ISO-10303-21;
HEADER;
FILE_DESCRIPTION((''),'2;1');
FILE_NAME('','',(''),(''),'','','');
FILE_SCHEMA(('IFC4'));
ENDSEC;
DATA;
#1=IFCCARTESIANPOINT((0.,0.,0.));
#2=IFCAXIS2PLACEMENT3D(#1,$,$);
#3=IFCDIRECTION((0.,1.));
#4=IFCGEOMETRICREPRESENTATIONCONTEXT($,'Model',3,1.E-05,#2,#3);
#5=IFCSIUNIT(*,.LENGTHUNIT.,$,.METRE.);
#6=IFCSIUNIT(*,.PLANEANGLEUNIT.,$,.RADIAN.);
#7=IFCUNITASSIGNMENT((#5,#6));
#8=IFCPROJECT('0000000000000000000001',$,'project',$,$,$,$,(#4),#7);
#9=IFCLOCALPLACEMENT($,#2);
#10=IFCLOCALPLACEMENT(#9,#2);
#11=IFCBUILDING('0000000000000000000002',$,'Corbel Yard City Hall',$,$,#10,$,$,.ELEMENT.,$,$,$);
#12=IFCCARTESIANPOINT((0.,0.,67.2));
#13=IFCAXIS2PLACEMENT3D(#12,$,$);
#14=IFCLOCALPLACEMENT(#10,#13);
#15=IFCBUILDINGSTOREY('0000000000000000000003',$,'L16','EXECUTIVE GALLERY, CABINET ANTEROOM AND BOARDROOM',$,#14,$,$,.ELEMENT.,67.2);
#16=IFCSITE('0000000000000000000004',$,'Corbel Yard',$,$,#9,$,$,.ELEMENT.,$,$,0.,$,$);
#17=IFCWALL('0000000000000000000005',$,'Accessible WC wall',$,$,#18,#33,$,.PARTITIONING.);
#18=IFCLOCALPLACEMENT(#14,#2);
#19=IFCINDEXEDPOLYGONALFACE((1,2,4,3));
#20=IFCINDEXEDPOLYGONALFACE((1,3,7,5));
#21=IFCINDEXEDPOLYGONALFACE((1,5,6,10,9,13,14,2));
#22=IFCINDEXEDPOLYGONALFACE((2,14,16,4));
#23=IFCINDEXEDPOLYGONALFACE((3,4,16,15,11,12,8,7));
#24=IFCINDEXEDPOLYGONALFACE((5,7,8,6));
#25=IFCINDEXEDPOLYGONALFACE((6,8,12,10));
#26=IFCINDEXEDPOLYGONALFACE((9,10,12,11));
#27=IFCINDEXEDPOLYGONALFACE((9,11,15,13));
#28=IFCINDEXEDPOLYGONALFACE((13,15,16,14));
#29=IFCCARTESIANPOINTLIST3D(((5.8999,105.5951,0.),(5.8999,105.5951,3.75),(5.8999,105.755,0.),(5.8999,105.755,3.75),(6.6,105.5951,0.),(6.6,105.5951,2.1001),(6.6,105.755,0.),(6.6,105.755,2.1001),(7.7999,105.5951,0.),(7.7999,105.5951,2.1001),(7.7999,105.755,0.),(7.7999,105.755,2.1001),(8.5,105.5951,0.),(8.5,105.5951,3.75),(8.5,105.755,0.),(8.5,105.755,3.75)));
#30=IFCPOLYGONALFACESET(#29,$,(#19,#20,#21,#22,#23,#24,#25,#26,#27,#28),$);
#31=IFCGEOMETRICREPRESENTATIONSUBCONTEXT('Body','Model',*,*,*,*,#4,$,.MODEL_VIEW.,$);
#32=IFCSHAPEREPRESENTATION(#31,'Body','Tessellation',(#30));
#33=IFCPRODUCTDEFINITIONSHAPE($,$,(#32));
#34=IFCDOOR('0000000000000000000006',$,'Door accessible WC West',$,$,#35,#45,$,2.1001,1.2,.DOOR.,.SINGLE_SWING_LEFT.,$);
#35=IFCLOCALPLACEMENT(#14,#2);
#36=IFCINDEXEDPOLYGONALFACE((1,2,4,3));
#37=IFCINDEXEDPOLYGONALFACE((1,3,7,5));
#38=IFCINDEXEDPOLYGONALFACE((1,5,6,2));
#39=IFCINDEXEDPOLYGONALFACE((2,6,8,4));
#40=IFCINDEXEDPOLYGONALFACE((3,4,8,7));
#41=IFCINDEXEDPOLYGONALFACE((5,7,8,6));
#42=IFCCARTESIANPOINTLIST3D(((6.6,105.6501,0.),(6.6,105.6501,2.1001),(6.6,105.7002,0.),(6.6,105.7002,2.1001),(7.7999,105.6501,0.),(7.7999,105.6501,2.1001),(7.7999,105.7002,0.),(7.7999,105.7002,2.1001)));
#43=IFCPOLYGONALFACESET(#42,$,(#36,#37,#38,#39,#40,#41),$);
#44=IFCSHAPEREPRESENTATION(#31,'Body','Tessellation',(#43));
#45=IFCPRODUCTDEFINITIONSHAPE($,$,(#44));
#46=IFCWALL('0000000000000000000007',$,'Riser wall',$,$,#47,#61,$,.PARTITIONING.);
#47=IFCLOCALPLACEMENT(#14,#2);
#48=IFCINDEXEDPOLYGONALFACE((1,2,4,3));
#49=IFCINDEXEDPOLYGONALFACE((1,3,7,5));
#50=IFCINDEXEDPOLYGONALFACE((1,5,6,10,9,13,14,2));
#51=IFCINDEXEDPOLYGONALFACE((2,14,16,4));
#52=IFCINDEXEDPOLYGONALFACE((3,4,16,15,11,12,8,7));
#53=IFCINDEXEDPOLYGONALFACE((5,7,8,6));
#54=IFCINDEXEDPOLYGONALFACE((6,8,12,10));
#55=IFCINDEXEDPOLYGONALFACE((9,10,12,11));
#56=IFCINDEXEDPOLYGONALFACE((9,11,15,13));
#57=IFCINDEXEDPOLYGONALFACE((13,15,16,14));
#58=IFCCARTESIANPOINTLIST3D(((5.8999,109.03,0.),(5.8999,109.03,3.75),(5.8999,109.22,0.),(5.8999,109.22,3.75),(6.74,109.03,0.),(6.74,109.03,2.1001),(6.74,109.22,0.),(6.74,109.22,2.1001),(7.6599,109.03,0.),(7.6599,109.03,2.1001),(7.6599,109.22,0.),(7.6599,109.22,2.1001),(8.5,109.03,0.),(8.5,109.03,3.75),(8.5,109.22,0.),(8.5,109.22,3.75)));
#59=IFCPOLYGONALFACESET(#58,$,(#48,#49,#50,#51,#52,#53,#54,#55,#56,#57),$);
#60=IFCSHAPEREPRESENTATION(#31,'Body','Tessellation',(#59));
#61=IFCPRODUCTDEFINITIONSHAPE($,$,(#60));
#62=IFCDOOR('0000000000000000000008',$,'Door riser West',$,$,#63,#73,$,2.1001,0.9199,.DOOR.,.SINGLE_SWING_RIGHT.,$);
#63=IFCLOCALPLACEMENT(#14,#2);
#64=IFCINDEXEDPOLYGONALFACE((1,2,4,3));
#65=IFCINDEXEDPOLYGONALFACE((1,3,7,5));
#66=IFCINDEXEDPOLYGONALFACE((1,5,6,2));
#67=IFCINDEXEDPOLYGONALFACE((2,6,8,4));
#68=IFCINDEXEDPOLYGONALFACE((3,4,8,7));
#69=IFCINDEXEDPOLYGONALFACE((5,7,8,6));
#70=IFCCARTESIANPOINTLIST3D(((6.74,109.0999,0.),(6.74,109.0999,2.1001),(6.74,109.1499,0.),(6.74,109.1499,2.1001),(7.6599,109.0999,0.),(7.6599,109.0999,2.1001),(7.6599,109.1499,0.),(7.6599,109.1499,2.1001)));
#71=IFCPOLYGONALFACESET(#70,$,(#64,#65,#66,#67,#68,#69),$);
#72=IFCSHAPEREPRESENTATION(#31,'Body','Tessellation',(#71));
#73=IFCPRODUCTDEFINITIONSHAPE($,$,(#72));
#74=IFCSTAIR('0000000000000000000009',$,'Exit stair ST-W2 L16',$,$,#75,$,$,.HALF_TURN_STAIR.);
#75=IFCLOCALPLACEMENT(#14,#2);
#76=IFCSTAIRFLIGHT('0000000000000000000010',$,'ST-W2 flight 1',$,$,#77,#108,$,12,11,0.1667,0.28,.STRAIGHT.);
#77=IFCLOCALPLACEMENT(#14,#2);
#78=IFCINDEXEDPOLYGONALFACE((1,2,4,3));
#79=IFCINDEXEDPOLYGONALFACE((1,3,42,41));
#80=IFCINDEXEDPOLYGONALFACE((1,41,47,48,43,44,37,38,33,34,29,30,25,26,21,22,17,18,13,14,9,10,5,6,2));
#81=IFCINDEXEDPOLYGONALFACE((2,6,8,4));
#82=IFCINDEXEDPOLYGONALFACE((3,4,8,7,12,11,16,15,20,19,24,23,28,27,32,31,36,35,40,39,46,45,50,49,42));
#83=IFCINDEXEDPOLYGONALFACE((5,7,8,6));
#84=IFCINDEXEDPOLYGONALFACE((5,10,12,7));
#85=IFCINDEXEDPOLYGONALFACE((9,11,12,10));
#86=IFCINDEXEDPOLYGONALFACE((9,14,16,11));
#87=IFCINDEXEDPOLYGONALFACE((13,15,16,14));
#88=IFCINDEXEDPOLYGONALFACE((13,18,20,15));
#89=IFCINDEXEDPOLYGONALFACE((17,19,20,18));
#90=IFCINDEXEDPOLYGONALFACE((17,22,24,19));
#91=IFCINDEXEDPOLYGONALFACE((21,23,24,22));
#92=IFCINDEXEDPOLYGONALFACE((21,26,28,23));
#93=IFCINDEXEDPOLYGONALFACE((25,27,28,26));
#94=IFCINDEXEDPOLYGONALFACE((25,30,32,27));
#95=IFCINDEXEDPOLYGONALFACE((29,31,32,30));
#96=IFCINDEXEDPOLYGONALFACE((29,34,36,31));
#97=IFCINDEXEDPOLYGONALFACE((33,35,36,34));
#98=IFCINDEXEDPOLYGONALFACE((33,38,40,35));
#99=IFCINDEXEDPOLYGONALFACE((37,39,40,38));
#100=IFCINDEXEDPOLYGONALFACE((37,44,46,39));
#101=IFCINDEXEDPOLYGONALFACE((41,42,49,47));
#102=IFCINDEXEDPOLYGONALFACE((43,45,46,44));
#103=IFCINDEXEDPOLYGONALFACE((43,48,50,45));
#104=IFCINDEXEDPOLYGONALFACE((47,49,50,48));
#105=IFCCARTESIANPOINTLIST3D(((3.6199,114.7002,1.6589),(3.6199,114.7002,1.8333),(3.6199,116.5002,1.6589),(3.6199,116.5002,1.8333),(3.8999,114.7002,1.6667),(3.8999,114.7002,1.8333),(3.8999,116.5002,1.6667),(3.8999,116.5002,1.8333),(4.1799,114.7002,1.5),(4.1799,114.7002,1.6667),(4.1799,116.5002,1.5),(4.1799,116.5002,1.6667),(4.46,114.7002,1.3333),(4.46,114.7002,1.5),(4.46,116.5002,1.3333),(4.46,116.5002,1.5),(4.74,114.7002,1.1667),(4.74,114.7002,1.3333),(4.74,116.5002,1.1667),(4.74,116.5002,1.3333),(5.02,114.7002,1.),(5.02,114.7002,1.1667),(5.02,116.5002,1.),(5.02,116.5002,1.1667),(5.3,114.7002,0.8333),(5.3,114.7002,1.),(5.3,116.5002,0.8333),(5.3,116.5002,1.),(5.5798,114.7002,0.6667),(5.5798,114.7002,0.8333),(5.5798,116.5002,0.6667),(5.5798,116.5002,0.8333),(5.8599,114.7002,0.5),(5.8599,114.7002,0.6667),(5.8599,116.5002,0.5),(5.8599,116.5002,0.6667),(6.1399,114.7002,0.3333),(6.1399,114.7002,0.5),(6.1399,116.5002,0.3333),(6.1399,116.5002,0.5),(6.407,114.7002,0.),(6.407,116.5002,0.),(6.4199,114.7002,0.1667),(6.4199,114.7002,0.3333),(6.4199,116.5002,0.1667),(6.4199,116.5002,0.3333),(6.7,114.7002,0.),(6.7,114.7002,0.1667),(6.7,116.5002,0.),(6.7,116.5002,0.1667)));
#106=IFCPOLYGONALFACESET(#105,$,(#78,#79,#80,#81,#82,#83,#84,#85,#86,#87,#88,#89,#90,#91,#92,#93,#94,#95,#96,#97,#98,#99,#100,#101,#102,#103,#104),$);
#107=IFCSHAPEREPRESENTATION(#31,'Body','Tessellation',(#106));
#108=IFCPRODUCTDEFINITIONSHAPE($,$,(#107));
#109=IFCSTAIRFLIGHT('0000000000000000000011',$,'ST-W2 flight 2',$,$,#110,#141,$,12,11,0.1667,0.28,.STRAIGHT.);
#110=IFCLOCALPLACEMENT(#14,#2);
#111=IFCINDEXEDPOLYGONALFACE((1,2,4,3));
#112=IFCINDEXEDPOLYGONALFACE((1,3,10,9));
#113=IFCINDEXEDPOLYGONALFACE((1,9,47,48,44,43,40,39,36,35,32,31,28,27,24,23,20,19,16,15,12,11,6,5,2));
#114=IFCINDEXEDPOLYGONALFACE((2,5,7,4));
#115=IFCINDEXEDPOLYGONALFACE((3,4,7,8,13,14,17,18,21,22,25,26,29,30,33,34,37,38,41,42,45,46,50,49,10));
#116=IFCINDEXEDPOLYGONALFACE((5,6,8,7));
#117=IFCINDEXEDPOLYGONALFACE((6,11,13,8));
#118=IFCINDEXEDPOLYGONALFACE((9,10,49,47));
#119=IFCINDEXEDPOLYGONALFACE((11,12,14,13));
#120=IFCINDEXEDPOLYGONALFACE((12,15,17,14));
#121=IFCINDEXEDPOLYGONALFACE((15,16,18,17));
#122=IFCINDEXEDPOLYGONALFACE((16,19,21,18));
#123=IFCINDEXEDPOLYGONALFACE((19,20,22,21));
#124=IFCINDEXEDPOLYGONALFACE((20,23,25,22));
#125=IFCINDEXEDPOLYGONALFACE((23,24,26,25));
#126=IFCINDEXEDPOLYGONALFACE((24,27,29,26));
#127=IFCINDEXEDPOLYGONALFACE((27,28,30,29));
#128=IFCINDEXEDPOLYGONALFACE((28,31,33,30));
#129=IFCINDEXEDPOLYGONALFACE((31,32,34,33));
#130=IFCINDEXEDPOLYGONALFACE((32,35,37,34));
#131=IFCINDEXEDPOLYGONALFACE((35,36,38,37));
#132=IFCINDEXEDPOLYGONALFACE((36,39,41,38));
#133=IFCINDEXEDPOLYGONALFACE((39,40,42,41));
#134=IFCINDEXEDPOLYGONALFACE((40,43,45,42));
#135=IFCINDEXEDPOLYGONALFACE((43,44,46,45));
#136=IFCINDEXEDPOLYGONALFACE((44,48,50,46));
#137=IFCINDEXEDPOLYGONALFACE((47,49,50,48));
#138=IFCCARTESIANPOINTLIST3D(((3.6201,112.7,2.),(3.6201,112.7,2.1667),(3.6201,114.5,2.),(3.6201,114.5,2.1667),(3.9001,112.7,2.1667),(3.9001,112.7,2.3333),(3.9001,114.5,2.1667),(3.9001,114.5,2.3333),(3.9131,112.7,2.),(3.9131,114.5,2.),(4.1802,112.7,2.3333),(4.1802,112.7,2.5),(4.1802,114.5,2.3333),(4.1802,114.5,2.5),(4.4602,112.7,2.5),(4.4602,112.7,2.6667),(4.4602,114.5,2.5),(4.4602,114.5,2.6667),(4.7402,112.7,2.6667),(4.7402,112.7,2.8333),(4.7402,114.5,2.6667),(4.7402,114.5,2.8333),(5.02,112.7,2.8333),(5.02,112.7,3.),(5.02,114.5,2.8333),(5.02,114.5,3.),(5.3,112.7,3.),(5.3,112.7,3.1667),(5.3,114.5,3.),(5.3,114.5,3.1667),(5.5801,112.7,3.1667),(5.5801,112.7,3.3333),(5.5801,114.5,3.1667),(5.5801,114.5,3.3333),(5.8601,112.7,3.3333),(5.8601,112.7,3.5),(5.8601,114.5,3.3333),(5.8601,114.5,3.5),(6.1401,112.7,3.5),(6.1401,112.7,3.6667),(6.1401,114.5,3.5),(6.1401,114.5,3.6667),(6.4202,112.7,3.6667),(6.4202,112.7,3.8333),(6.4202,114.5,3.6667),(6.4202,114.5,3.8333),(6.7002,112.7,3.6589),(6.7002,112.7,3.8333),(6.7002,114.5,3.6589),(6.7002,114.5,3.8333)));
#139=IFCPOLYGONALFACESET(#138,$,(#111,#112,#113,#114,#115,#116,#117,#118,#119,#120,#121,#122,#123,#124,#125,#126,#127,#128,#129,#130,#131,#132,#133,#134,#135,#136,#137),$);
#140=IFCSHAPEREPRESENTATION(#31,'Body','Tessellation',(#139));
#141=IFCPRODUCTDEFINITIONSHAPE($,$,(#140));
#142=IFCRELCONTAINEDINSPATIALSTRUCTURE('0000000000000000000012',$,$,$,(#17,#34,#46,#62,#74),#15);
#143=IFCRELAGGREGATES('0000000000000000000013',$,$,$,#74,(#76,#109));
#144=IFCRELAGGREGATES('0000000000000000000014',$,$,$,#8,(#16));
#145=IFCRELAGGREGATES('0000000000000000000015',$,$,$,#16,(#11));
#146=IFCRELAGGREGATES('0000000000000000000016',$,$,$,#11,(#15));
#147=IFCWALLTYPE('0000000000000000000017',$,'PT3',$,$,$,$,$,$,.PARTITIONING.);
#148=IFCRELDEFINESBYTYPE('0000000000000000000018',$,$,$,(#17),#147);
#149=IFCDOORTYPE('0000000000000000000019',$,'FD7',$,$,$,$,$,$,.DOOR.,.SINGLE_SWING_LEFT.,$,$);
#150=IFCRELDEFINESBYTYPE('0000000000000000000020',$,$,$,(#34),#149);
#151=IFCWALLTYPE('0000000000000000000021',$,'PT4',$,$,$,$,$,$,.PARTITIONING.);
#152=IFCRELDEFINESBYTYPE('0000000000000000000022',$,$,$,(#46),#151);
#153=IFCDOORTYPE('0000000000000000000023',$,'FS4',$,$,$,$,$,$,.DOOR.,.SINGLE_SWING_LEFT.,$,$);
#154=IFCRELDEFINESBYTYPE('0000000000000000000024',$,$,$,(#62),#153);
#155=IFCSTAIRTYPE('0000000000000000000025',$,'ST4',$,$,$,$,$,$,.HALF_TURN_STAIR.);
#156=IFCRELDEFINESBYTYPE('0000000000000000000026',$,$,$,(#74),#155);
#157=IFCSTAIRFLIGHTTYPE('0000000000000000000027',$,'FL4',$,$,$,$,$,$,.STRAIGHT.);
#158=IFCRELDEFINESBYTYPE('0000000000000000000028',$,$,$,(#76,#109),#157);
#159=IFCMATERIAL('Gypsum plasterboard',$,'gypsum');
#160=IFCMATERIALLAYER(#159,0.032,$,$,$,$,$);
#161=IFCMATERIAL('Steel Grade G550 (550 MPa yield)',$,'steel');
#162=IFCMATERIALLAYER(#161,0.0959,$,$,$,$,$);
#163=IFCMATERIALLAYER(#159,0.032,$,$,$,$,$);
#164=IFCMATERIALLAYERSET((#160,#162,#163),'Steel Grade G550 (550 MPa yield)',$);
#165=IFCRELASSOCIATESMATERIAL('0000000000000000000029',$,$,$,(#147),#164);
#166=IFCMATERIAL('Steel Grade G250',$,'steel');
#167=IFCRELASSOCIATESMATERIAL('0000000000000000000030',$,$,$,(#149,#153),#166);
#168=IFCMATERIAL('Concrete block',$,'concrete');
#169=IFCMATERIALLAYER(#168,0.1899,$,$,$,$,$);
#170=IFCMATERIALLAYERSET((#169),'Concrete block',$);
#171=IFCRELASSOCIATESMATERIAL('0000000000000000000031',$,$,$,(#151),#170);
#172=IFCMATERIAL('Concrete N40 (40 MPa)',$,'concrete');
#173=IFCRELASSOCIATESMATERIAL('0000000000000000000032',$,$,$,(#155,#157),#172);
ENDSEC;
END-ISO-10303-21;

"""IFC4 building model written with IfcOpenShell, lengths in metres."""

from ifc_helpers import new_model, si_unit, direction, frame, frame_2d, origin, place, context, subcontext, project, spatial, polyline, rectangle, outline, extrude, material, layer, layer_set, type_object, element, fill, aggregate, save


model = new_model("IFC4")

# Units and contexts
model_context = context("Model", 3, precision=1e-05, world=origin(), true_north=direction((0.0, 1.0)))
body_context = subcontext(model_context, "Body", "Model", "MODEL_VIEW")
ifc_project = project(units=[si_unit("LENGTHUNIT", "METRE"), si_unit("PLANEANGLEUNIT", "RADIAN")], contexts=[model_context])

# Site, building, storey
site_placement = place(None, origin())
site = spatial("IfcSite", under=ifc_project, at=site_placement, Name="Corbel Yard", CompositionType="ELEMENT", RefElevation=0.0)
building_placement = place(site_placement, origin())
building = spatial("IfcBuilding", under=site, at=building_placement, Name="Corbel Yard City Hall", CompositionType="ELEMENT")
storey_placement = place(building_placement, frame((0.0, 0.0, 67.2)))
storey = spatial("IfcBuildingStorey", under=building, at=storey_placement, Name="L16", Description="EXECUTIVE GALLERY, CABINET ANTEROOM AND BOARDROOM", CompositionType="ELEMENT", Elevation=67.2)

# Shared definitions
ifc_material_1 = material(Name="Concrete N40 (40 MPa)", Category="concrete")

# Walls, openings, doors
ifc_material_2 = material(Name="Gypsum plasterboard", Category="gypsum")
ifc_layer_1 = layer(ifc_material_2, 0.032)
ifc_material_3 = material(Name="Steel Grade G550 (550 MPa yield)", Category="steel")
ifc_layer_2 = layer(ifc_material_3, 0.0959)
ifc_layer_3 = layer(ifc_material_2, 0.032)
ifc_layer_set_1 = layer_set([ifc_layer_1, ifc_layer_2, ifc_layer_3], Name="Steel Grade G550 (550 MPa yield)")
wall_type_1 = type_object("IfcWallType", Name="PT3", PredefinedType="PARTITIONING", material=ifc_layer_set_1)
wall_1_placement = place(storey_placement, frame((8.5, 105.675, 0.0), z_axis=(0.0, 0.0, 1.0), x_axis=(-1.0, 0.0, 0.0)))
wall_1 = element("IfcWall", 1, at=wall_1_placement, inside=storey, type_object=wall_type_1, Name="Accessible WC wall", PredefinedType="PARTITIONING", context=body_context, shape_type="SweptSolid", body=[
    extrude(rectangle(XDim=2.6001, YDim=0.1599, at=frame_2d((1.3, 0.0))), origin(), (0.0, 0.0, 1.0), 3.75),
])
opening_1_placement = place(wall_1_placement, frame((0.7, 0.0, 0.0)))
opening_1 = element("IfcOpeningElement", 2, at=opening_1_placement, cuts=wall_1, PredefinedType="OPENING", context=body_context, shape_type="SweptSolid", body=[
    extrude(rectangle(XDim=1.2, YDim=2.1001, at=frame_2d((0.6001, 1.05))), frame((0.0, 0.0898, 0.0), z_axis=(0.0, -1.0, 0.0), x_axis=(1.0, 0.0, 0.0)), (0.0, 0.0, 1.0), 0.1799),
])
ifc_material_4 = material(Name="Steel Grade G250", Category="steel")
door_type_1 = type_object("IfcDoorType", Name="FD7", OperationType="SINGLE_SWING_LEFT", PredefinedType="DOOR", material=ifc_material_4)
door_1_placement = place(opening_1_placement, origin())
door_1 = element("IfcDoor", 3, at=door_1_placement, inside=storey, type_object=door_type_1, Name="Door accessible WC West", OperationType="SINGLE_SWING_LEFT", OverallHeight=2.1001, OverallWidth=1.2, PredefinedType="DOOR", context=body_context, shape_type="SweptSolid", body=[
    extrude(rectangle(XDim=1.2, YDim=2.1001, at=frame_2d((0.6001, 1.05))), frame((0.0, 0.0249, 0.0), z_axis=(0.0, -1.0, 0.0), x_axis=(1.0, 0.0, 0.0)), (0.0, 0.0, 1.0), 0.05),
])
fill(opening_1, door_1)
ifc_material_5 = material(Name="Concrete block", Category="concrete")
ifc_layer_4 = layer(ifc_material_5, 0.1899)
ifc_layer_set_2 = layer_set([ifc_layer_4], Name="Concrete block")
wall_type_2 = type_object("IfcWallType", Name="PT4", PredefinedType="PARTITIONING", material=ifc_layer_set_2)
wall_2_placement = place(storey_placement, frame((8.5, 109.125, 0.0), z_axis=(0.0, 0.0, 1.0), x_axis=(-1.0, 0.0, 0.0)))
wall_2 = element("IfcWall", 4, at=wall_2_placement, inside=storey, type_object=wall_type_2, Name="Riser wall", PredefinedType="PARTITIONING", context=body_context, shape_type="SweptSolid", body=[
    extrude(rectangle(XDim=2.6001, YDim=0.1899, at=frame_2d((1.3, 0.0))), origin(), (0.0, 0.0, 1.0), 3.75),
])
opening_2_placement = place(wall_2_placement, frame((0.8401, 0.0, 0.0)))
opening_2 = element("IfcOpeningElement", 5, at=opening_2_placement, cuts=wall_2, PredefinedType="OPENING", context=body_context, shape_type="SweptSolid", body=[
    extrude(rectangle(XDim=0.9199, YDim=2.1001, at=frame_2d((0.46, 1.05))), frame((0.0, 0.105, 0.0), z_axis=(0.0, -1.0, 0.0), x_axis=(1.0, 0.0, 0.0)), (0.0, 0.0, 1.0), 0.21),
])
door_type_2 = type_object("IfcDoorType", Name="FS4", OperationType="SINGLE_SWING_LEFT", PredefinedType="DOOR", material=ifc_material_4)
door_2_placement = place(opening_2_placement, frame((0.9199, 0.0, 0.0), z_axis=(0.0, 0.0, 1.0), x_axis=(-1.0, 0.0, 0.0)))
door_2 = element("IfcDoor", 6, at=door_2_placement, inside=storey, type_object=door_type_2, Name="Door riser West", OperationType="SINGLE_SWING_RIGHT", OverallHeight=2.1001, OverallWidth=0.9199, PredefinedType="DOOR", context=body_context, shape_type="SweptSolid", body=[
    extrude(rectangle(XDim=0.9199, YDim=2.1001, at=frame_2d((0.46, 1.05))), frame((0.0, 0.0249, 0.0), z_axis=(0.0, -1.0, 0.0), x_axis=(1.0, 0.0, 0.0)), (0.0, 0.0, 1.0), 0.05),
])
fill(opening_2, door_2)

# Stair, stair flights
stair_type = type_object("IfcStairType", Name="ST4", PredefinedType="HALF_TURN_STAIR", material=ifc_material_1)
stair_placement = place(storey_placement, origin())
stair = element("IfcStair", 7, at=stair_placement, inside=storey, type_object=stair_type, Name="Exit stair ST-W2 L16", PredefinedType="HALF_TURN_STAIR")
stair_flight_type = type_object("IfcStairFlightType", Name="FL4", PredefinedType="STRAIGHT", material=ifc_material_1)
stair_flight_1_placement = place(storey_placement, frame((6.7, 115.6001, 0.0), z_axis=(0.0, 0.0, 1.0), x_axis=(-1.0, 0.0, 0.0)))
stair_flight_1 = element("IfcStairFlight", 8, at=stair_flight_1_placement, type_object=stair_flight_type, Name="ST-W2 flight 1", NumberOfRisers=12, NumberOfTreads=11, PredefinedType="STRAIGHT", RiserHeight=0.1667, TreadLength=0.28, context=body_context, shape_type="SweptSolid", body=[
    extrude(outline(polyline([(0.0, 0.0), (0.0, 0.1667), (0.28, 0.1667), (0.28, 0.3333), (0.5601, 0.3333), (0.5601, 0.5), (0.8401, 0.5), (0.8401, 0.6667), (1.1201, 0.6667), (1.1201, 0.8333), (1.3999, 0.8333), (1.3999, 1.0), (1.6799, 1.0), (1.6799, 1.1667), (1.96, 1.1667), (1.96, 1.3333), (2.24, 1.3333), (2.24, 1.5), (2.52, 1.5), (2.52, 1.6667), (2.8, 1.6667), (2.8, 1.8333), (3.0801, 1.8333), (3.0801, 2.0), (3.0801, 1.6589), (0.293, 0.0), (0.0, 0.0)])), frame((0.0, 0.8999, 0.0), z_axis=(0.0, -1.0, 0.0), x_axis=(1.0, 0.0, 0.0)), (0.0, 0.0, 1.0), 1.8),
])
stair_flight_2_placement = place(storey_placement, frame((3.6201, 113.6001, 2.0), z_axis=(0.0, 0.0, 1.0), x_axis=(1.0, 0.0, 0.0)))
stair_flight_2 = element("IfcStairFlight", 9, at=stair_flight_2_placement, type_object=stair_flight_type, Name="ST-W2 flight 2", NumberOfRisers=12, NumberOfTreads=11, PredefinedType="STRAIGHT", RiserHeight=0.1667, TreadLength=0.28, context=body_context, shape_type="SweptSolid", body=[
    extrude(outline(polyline([(0.0, 0.0), (0.0, 0.1667), (0.28, 0.1667), (0.28, 0.3333), (0.5601, 0.3333), (0.5601, 0.5), (0.8401, 0.5), (0.8401, 0.6667), (1.1201, 0.6667), (1.1201, 0.8333), (1.3999, 0.8333), (1.3999, 1.0), (1.6799, 1.0), (1.6799, 1.1667), (1.96, 1.1667), (1.96, 1.3333), (2.24, 1.3333), (2.24, 1.5), (2.52, 1.5), (2.52, 1.6667), (2.8, 1.6667), (2.8, 1.8333), (3.0801, 1.8333), (3.0801, 2.0), (3.0801, 1.6589), (0.293, 0.0), (0.0, 0.0)])), frame((0.0, 0.8999, 0.0), z_axis=(0.0, -1.0, 0.0), x_axis=(1.0, 0.0, 0.0)), (0.0, 0.0, 1.0), 1.8),
])
aggregate(stair, [stair_flight_1, stair_flight_2])

save(model, "model.ifc")
